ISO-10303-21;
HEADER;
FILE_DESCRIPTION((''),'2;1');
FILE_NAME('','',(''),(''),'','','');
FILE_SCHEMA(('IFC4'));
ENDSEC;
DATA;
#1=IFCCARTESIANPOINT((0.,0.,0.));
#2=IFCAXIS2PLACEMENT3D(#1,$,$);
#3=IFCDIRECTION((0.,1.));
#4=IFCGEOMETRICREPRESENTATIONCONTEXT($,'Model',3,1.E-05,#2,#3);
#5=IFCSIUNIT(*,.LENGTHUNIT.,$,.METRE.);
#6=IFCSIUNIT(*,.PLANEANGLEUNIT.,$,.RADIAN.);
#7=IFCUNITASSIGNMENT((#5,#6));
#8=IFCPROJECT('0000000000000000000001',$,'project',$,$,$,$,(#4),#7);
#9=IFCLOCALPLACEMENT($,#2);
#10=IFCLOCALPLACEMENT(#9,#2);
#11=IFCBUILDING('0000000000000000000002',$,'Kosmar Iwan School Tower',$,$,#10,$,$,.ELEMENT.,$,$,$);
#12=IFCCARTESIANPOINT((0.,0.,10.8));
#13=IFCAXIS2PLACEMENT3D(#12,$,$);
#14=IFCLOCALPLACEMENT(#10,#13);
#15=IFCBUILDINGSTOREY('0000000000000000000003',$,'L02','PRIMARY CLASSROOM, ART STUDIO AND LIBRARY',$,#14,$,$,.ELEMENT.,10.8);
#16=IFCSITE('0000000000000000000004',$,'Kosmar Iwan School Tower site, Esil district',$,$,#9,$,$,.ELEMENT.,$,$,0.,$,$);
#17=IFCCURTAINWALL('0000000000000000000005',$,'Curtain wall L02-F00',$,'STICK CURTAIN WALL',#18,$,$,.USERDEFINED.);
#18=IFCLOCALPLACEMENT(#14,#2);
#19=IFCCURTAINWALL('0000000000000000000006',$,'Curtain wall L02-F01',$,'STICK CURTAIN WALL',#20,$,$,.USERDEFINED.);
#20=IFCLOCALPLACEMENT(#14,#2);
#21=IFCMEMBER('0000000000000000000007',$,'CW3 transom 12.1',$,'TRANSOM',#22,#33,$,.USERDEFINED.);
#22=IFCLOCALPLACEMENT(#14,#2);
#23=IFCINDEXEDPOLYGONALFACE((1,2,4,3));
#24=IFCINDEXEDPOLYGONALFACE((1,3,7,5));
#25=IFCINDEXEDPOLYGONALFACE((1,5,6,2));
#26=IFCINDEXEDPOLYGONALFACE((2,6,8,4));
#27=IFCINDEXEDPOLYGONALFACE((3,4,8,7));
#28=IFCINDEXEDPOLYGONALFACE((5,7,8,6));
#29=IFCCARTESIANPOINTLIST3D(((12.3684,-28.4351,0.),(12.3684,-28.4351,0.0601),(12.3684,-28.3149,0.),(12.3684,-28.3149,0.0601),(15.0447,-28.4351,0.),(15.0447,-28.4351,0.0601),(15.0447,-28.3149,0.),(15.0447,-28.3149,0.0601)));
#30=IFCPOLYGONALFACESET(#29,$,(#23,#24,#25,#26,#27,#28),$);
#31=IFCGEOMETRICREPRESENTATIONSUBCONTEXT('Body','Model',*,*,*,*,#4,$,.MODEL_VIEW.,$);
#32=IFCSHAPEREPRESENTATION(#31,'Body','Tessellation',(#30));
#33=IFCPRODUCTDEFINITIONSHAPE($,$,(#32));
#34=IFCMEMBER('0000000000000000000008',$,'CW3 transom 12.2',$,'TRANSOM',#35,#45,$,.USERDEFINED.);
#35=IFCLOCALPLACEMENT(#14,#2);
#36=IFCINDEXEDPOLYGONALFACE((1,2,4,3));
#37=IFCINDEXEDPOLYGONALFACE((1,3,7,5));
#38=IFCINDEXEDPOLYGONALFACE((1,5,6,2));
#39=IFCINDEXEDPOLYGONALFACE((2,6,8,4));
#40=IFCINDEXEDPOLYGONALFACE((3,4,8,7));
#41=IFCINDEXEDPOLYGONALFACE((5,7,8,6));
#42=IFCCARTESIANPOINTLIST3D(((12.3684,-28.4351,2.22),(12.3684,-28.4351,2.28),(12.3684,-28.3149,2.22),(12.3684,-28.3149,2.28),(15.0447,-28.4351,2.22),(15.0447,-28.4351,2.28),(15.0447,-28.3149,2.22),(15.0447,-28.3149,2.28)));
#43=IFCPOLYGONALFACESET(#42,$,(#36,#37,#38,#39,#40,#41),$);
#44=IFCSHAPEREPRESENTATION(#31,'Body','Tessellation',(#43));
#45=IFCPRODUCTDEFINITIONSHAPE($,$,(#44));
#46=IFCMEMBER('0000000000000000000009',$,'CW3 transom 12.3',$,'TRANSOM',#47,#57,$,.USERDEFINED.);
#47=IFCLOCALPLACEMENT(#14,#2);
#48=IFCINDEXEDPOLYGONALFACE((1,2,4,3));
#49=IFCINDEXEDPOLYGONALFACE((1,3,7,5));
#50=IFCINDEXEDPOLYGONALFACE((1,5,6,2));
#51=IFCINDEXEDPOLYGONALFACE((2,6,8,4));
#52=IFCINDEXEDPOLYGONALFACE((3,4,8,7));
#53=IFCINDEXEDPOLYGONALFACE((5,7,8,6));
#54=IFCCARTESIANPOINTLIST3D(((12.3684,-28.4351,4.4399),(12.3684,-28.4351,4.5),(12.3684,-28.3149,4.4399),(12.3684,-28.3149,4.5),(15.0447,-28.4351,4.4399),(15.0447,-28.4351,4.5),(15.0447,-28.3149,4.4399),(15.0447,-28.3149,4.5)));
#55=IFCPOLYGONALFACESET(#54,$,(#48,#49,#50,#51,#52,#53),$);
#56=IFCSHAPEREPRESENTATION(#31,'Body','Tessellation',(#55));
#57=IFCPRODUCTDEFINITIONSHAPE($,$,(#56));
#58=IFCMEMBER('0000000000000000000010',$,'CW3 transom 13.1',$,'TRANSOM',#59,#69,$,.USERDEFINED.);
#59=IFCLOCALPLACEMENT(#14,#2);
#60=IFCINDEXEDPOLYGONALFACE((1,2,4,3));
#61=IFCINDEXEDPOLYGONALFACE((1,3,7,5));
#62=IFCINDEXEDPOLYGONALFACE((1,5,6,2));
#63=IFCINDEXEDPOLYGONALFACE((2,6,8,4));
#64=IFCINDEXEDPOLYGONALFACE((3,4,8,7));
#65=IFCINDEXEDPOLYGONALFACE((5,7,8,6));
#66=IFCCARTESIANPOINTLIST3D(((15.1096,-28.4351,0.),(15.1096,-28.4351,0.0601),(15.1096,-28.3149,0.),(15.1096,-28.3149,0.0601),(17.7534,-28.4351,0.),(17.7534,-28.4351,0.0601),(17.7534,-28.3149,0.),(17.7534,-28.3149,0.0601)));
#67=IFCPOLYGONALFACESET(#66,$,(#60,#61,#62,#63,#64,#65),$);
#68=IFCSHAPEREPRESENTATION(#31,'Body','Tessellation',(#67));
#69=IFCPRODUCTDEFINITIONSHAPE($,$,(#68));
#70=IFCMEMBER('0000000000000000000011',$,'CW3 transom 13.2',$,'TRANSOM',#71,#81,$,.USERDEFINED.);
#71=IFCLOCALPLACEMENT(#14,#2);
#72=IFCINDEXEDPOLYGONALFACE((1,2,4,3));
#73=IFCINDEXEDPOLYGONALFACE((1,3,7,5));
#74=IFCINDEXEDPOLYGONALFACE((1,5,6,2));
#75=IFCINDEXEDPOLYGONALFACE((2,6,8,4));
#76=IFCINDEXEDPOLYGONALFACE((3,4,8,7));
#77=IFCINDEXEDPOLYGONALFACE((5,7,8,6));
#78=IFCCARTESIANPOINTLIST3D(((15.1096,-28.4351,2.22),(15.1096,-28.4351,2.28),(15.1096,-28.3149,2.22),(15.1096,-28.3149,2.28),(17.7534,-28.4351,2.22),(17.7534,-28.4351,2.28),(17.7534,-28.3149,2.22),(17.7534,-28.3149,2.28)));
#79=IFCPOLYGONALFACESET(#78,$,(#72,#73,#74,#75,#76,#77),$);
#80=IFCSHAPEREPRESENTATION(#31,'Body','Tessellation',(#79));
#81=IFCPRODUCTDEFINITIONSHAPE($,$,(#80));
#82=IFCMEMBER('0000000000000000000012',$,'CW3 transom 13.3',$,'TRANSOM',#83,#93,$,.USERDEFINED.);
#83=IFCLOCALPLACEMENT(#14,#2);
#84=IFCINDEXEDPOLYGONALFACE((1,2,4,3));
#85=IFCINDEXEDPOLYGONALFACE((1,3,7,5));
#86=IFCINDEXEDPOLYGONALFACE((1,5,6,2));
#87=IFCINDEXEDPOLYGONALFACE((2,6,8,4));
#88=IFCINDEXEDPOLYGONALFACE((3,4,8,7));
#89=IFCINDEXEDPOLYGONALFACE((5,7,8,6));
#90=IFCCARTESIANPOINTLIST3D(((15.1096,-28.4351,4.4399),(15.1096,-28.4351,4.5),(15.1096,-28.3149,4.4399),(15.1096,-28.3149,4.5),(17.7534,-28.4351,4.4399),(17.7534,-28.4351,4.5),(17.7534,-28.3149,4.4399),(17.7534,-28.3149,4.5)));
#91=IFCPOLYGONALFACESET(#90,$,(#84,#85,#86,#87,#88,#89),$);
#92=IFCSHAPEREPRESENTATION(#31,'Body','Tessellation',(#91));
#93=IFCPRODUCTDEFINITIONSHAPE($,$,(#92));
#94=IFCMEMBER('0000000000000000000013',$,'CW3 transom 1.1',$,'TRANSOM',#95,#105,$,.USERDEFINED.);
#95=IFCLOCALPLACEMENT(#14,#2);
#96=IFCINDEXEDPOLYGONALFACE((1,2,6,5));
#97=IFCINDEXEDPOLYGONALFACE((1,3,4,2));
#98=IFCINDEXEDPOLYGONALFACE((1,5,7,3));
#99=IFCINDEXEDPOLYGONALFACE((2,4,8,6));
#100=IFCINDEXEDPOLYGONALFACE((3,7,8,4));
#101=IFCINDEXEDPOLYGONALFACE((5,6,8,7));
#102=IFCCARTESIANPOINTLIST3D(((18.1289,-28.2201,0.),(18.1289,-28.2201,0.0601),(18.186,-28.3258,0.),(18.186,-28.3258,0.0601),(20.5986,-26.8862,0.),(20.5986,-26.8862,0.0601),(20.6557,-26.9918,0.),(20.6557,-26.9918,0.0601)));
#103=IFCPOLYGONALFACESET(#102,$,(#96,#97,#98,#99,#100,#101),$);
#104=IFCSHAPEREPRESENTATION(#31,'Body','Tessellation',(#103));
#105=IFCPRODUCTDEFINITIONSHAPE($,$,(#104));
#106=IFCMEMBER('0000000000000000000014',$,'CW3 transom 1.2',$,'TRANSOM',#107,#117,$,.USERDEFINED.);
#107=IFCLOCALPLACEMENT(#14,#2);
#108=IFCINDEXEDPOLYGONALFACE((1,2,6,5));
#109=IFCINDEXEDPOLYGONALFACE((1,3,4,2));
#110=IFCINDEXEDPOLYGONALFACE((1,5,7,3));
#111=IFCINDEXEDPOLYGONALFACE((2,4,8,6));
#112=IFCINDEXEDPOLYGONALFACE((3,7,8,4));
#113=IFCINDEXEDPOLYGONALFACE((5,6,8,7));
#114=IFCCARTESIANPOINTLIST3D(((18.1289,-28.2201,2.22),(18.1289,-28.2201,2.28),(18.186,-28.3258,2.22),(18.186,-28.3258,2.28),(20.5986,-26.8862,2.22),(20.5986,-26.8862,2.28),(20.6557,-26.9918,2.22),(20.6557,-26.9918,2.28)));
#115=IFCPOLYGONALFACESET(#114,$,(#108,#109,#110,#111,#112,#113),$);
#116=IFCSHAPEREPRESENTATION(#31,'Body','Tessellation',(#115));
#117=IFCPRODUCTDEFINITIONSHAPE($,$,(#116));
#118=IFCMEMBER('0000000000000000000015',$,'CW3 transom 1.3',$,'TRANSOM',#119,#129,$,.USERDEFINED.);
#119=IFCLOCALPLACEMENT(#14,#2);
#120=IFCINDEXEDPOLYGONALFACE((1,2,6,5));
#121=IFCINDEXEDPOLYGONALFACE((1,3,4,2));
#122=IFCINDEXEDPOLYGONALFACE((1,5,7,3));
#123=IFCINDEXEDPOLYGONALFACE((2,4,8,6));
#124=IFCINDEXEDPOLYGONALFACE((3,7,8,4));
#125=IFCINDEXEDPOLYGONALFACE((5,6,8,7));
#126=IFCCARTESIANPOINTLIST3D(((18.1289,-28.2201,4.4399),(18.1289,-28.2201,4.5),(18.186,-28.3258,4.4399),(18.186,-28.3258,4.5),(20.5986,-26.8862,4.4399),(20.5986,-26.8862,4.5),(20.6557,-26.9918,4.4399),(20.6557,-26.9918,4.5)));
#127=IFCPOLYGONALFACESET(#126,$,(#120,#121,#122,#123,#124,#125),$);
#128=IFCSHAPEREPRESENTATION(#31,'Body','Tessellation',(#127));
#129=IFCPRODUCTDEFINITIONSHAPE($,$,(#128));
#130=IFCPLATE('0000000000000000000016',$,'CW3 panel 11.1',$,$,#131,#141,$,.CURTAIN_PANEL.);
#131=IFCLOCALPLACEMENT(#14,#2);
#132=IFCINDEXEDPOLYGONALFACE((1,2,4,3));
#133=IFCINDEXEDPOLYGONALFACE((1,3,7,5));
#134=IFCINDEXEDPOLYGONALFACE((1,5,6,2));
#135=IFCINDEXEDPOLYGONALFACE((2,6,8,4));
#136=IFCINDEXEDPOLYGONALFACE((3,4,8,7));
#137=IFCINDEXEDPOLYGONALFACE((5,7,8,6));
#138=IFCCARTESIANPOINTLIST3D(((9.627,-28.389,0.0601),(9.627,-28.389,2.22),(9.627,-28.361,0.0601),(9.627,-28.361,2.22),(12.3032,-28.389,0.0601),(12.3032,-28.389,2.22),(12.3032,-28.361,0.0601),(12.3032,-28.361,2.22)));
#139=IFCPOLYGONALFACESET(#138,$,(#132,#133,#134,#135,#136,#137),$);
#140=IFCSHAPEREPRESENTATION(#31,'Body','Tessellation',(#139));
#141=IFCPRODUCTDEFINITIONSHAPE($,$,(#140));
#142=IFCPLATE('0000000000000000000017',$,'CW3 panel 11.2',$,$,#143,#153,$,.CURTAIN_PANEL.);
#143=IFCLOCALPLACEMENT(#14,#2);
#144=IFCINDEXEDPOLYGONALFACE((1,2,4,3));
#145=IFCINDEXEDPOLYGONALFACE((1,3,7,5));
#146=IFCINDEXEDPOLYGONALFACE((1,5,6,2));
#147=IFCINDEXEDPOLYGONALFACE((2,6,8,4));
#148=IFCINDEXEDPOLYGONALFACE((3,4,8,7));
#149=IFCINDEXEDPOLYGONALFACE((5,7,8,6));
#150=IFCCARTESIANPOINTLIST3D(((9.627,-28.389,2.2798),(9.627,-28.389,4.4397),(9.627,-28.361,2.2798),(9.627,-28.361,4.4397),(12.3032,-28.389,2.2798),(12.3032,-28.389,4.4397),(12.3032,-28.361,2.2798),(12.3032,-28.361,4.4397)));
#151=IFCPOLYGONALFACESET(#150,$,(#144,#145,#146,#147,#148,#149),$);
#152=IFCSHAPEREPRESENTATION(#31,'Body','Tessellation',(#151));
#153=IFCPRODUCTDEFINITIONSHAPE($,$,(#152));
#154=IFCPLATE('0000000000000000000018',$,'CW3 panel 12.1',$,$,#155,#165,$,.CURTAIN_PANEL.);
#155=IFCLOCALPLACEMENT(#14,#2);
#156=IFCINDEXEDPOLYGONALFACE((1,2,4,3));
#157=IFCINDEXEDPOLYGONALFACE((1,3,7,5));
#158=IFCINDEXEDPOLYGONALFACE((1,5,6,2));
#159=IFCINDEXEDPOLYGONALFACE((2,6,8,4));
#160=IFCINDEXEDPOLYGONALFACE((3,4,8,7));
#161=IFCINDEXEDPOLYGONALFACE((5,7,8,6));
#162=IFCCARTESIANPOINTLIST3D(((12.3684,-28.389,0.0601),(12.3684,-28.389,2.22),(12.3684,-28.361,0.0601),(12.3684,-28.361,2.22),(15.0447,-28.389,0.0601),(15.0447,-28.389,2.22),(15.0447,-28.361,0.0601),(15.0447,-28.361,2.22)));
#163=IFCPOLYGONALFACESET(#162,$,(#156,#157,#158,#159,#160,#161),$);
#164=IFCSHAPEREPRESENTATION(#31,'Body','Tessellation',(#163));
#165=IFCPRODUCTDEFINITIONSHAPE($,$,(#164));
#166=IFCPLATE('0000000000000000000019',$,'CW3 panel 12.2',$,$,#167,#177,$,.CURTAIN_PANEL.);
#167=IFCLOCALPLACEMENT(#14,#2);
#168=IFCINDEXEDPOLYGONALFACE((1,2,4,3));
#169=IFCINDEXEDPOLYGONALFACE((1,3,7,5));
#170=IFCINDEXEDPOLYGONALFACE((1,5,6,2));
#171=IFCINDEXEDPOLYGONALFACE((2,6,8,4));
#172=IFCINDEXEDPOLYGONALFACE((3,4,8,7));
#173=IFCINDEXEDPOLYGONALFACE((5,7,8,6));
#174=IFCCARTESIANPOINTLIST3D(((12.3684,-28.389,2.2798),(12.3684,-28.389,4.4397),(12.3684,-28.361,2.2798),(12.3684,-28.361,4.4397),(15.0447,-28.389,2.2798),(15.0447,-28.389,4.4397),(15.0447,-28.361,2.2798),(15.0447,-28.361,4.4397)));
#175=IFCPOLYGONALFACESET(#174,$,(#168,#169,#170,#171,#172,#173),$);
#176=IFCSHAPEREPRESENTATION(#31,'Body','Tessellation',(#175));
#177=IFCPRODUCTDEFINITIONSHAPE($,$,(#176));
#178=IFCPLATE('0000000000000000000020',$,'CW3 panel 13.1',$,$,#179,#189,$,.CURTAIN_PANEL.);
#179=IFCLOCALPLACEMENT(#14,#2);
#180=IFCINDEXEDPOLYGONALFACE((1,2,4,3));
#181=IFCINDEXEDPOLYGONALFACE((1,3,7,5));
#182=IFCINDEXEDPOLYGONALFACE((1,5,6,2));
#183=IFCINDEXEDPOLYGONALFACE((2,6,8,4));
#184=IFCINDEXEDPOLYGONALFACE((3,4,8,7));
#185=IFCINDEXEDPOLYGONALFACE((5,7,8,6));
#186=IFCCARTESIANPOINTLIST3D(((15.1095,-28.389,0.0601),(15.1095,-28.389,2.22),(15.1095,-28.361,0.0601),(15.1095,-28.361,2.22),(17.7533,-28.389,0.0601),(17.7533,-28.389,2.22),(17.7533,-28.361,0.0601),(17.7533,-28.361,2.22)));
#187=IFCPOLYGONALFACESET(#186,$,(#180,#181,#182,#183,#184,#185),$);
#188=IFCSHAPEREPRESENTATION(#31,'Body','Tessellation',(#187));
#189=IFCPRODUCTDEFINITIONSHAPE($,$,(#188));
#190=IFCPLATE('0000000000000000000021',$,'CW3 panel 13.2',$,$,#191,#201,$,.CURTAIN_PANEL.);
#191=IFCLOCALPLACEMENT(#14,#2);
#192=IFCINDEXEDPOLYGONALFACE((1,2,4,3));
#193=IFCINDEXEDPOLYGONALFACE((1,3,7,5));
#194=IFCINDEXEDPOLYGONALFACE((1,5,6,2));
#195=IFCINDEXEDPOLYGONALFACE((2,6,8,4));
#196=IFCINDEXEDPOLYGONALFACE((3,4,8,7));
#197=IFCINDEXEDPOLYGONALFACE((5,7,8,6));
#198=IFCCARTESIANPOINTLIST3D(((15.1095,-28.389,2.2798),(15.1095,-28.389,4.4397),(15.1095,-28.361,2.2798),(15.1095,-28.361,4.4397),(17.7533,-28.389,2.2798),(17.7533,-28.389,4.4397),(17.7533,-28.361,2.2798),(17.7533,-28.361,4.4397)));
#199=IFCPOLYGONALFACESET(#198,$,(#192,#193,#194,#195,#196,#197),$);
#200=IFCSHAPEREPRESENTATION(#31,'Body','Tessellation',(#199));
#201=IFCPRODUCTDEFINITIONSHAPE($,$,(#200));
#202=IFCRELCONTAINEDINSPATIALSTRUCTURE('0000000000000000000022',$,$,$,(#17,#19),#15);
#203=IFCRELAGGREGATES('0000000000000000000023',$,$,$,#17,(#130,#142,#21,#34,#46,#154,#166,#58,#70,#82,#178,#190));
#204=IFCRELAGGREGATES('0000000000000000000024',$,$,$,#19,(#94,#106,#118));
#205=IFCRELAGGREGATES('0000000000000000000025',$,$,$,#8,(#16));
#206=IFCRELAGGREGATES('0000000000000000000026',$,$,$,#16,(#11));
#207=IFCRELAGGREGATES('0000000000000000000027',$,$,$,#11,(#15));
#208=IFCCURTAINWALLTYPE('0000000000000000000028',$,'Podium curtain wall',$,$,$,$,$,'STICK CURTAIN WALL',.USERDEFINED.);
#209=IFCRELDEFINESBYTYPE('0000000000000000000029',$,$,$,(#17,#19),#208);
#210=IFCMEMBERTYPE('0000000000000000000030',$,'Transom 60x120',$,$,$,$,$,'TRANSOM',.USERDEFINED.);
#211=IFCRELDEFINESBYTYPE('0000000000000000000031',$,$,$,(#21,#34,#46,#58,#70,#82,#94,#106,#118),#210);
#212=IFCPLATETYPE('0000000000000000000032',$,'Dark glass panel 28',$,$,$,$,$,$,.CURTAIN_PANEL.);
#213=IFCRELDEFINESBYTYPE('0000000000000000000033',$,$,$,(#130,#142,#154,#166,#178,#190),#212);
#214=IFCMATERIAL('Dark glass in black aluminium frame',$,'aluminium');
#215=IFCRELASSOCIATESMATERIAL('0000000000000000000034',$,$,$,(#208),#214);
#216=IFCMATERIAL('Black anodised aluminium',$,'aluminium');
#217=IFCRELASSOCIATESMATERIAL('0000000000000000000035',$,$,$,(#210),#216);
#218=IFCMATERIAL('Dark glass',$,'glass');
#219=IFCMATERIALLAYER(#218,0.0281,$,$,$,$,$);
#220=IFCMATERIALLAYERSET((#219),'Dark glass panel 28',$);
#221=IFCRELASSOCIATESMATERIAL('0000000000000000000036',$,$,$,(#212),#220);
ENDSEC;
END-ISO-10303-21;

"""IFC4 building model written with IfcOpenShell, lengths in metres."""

from ifc_helpers import new_model, si_unit, direction, frame, origin, origin_2d, place, context, subcontext, project, spatial, rectangle, extrude, material, layer, layer_set, material_profile, profile_set, type_object, element, aggregate, save


model = new_model("IFC4")

# Units and contexts
model_context = context("Model", 3, precision=1e-05, world=origin(), true_north=direction((0.0, 1.0)))
body_context = subcontext(model_context, "Body", "Model", "MODEL_VIEW")
ifc_project = project(units=[si_unit("LENGTHUNIT", "METRE"), si_unit("PLANEANGLEUNIT", "RADIAN")], contexts=[model_context])

# Site, building, storey
site_placement = place(None, origin())
site = spatial("IfcSite", under=ifc_project, at=site_placement, Name="Kosmar Iwan School Tower site, Esil district", CompositionType="ELEMENT", RefElevation=0.0)
building_placement = place(site_placement, origin())
building = spatial("IfcBuilding", under=site, at=building_placement, Name="Kosmar Iwan School Tower", CompositionType="ELEMENT")
storey_placement = place(building_placement, frame((0.0, 0.0, 10.8)))
storey = spatial("IfcBuildingStorey", under=building, at=storey_placement, Name="L02", Description="PRIMARY CLASSROOM, ART STUDIO AND LIBRARY", CompositionType="ELEMENT", Elevation=10.8)

# Curtain wall
ifc_material_1 = material(Name="Dark glass in black aluminium frame", Category="aluminium")
curtain_wall_type = type_object("IfcCurtainWallType", Name="Podium curtain wall", ElementType="STICK CURTAIN WALL", PredefinedType="USERDEFINED", material=ifc_material_1)
curtain_wall_1_placement = place(storey_placement, origin())
curtain_wall_1 = element("IfcCurtainWall", 1, at=curtain_wall_1_placement, inside=storey, type_object=curtain_wall_type, Name="Curtain wall L02-F00", ObjectType="STICK CURTAIN WALL", PredefinedType="USERDEFINED")

# Curtain wall
curtain_wall_2_placement = place(storey_placement, origin())
curtain_wall_2 = element("IfcCurtainWall", 2, at=curtain_wall_2_placement, inside=storey, type_object=curtain_wall_type, Name="Curtain wall L02-F01", ObjectType="STICK CURTAIN WALL", PredefinedType="USERDEFINED")

# Members
ifc_material_2 = material(Name="Black anodised aluminium", Category="aluminium")
ifc_material_profile_1 = material_profile(ifc_material_2, rectangle(XDim=0.1201, YDim=0.0601, at=origin_2d()), Name="TRANSOM 60x120")
ifc_profile_set_1 = profile_set([ifc_material_profile_1], Name="Black anodised aluminium")
member_type_1 = type_object("IfcMemberType", Name="Transom 60x120", ElementType="TRANSOM", PredefinedType="USERDEFINED", material=ifc_profile_set_1)
member_1_placement = place(storey_placement, frame((12.3684, -28.375, 0.03), z_axis=(1.0, 0.0, 0.0), x_axis=(0.0, 1.0, 0.0)))
member_1 = element("IfcMember", 3, at=member_1_placement, type_object=member_type_1, Name="CW3 transom 12.1", ObjectType="TRANSOM", PredefinedType="USERDEFINED", context=body_context, shape_type="SweptSolid", body=[
    extrude(rectangle(XDim=0.1201, YDim=0.0601, at=origin_2d()), origin(), (0.0, 0.0, 1.0), 2.6763),
])
member_2_placement = place(storey_placement, frame((12.3684, -28.375, 2.25), z_axis=(1.0, 0.0, 0.0), x_axis=(0.0, 1.0, 0.0)))
member_2 = element("IfcMember", 4, at=member_2_placement, type_object=member_type_1, Name="CW3 transom 12.2", ObjectType="TRANSOM", PredefinedType="USERDEFINED", context=body_context, shape_type="SweptSolid", body=[
    extrude(rectangle(XDim=0.1201, YDim=0.0601, at=origin_2d()), origin(), (0.0, 0.0, 1.0), 2.6763),
])
member_3_placement = place(storey_placement, frame((12.3684, -28.375, 4.47), z_axis=(1.0, 0.0, 0.0), x_axis=(0.0, 1.0, 0.0)))
member_3 = element("IfcMember", 5, at=member_3_placement, type_object=member_type_1, Name="CW3 transom 12.3", ObjectType="TRANSOM", PredefinedType="USERDEFINED", context=body_context, shape_type="SweptSolid", body=[
    extrude(rectangle(XDim=0.1201, YDim=0.0601, at=origin_2d()), origin(), (0.0, 0.0, 1.0), 2.6763),
])
member_4_placement = place(storey_placement, frame((15.1096, -28.375, 0.03), z_axis=(1.0, 0.0, 0.0), x_axis=(0.0, 1.0, 0.0)))
member_4 = element("IfcMember", 6, at=member_4_placement, type_object=member_type_1, Name="CW3 transom 13.1", ObjectType="TRANSOM", PredefinedType="USERDEFINED", context=body_context, shape_type="SweptSolid", body=[
    extrude(rectangle(XDim=0.1201, YDim=0.0601, at=origin_2d()), origin(), (0.0, 0.0, 1.0), 2.6438),
])
member_5_placement = place(storey_placement, frame((15.1096, -28.375, 2.25), z_axis=(1.0, 0.0, 0.0), x_axis=(0.0, 1.0, 0.0)))
member_5 = element("IfcMember", 7, at=member_5_placement, type_object=member_type_1, Name="CW3 transom 13.2", ObjectType="TRANSOM", PredefinedType="USERDEFINED", context=body_context, shape_type="SweptSolid", body=[
    extrude(rectangle(XDim=0.1201, YDim=0.0601, at=origin_2d()), origin(), (0.0, 0.0, 1.0), 2.6438),
])
member_6_placement = place(storey_placement, frame((15.1096, -28.375, 4.47), z_axis=(1.0, 0.0, 0.0), x_axis=(0.0, 1.0, 0.0)))
member_6 = element("IfcMember", 8, at=member_6_placement, type_object=member_type_1, Name="CW3 transom 13.3", ObjectType="TRANSOM", PredefinedType="USERDEFINED", context=body_context, shape_type="SweptSolid", body=[
    extrude(rectangle(XDim=0.1201, YDim=0.0601, at=origin_2d()), origin(), (0.0, 0.0, 1.0), 2.6438),
])
member_7_placement = place(storey_placement, frame((18.1575, -28.2729, 0.03), z_axis=(0.879856, 0.47524, 0.0), x_axis=(-0.47524, 0.879856, 0.0)))
member_7 = element("IfcMember", 9, at=member_7_placement, type_object=member_type_1, Name="CW3 transom 1.1", ObjectType="TRANSOM", PredefinedType="USERDEFINED", context=body_context, shape_type="SweptSolid", body=[
    extrude(rectangle(XDim=0.1201, YDim=0.0601, at=origin_2d()), origin(), (0.0, 0.0, 1.0), 2.8069),
])
member_8_placement = place(storey_placement, frame((18.1575, -28.2729, 2.25), z_axis=(0.879856, 0.47524, 0.0), x_axis=(-0.47524, 0.879856, 0.0)))
member_8 = element("IfcMember", 10, at=member_8_placement, type_object=member_type_1, Name="CW3 transom 1.2", ObjectType="TRANSOM", PredefinedType="USERDEFINED", context=body_context, shape_type="SweptSolid", body=[
    extrude(rectangle(XDim=0.1201, YDim=0.0601, at=origin_2d()), origin(), (0.0, 0.0, 1.0), 2.8069),
])
member_9_placement = place(storey_placement, frame((18.1575, -28.2729, 4.47), z_axis=(0.879856, 0.47524, 0.0), x_axis=(-0.47524, 0.879856, 0.0)))
member_9 = element("IfcMember", 11, at=member_9_placement, type_object=member_type_1, Name="CW3 transom 1.3", ObjectType="TRANSOM", PredefinedType="USERDEFINED", context=body_context, shape_type="SweptSolid", body=[
    extrude(rectangle(XDim=0.1201, YDim=0.0601, at=origin_2d()), origin(), (0.0, 0.0, 1.0), 2.8069),
])

# Plates
ifc_material_3 = material(Name="Dark glass", Category="glass")
ifc_layer = layer(ifc_material_3, 0.0281)
ifc_layer_set = layer_set([ifc_layer], Name="Dark glass panel 28")
plate_type = type_object("IfcPlateType", Name="Dark glass panel 28", PredefinedType="CURTAIN_PANEL", material=ifc_layer_set)
plate_1_placement = place(storey_placement, frame((10.9651, -28.375, 0.0601), z_axis=(0.0, 0.0, 1.0), x_axis=(1.0, 0.0, 0.0)))
plate_1 = element("IfcPlate", 12, at=plate_1_placement, type_object=plate_type, Name="CW3 panel 11.1", PredefinedType="CURTAIN_PANEL", context=body_context, shape_type="SweptSolid", body=[
    extrude(rectangle(XDim=2.6763, YDim=0.0281, at=origin_2d()), origin(), (0.0, 0.0, 1.0), 2.1599),
])
plate_2_placement = place(storey_placement, frame((10.9651, -28.375, 2.2798), z_axis=(0.0, 0.0, 1.0), x_axis=(1.0, 0.0, 0.0)))
plate_2 = element("IfcPlate", 13, at=plate_2_placement, type_object=plate_type, Name="CW3 panel 11.2", PredefinedType="CURTAIN_PANEL", context=body_context, shape_type="SweptSolid", body=[
    extrude(rectangle(XDim=2.6763, YDim=0.0281, at=origin_2d()), origin(), (0.0, 0.0, 1.0), 2.1599),
])
plate_3_placement = place(storey_placement, frame((13.7065, -28.375, 0.0601), z_axis=(0.0, 0.0, 1.0), x_axis=(1.0, 0.0, 0.0)))
plate_3 = element("IfcPlate", 14, at=plate_3_placement, type_object=plate_type, Name="CW3 panel 12.1", PredefinedType="CURTAIN_PANEL", context=body_context, shape_type="SweptSolid", body=[
    extrude(rectangle(XDim=2.6763, YDim=0.0281, at=origin_2d()), origin(), (0.0, 0.0, 1.0), 2.1599),
])
plate_4_placement = place(storey_placement, frame((13.7065, -28.375, 2.2798), z_axis=(0.0, 0.0, 1.0), x_axis=(1.0, 0.0, 0.0)))
plate_4 = element("IfcPlate", 15, at=plate_4_placement, type_object=plate_type, Name="CW3 panel 12.2", PredefinedType="CURTAIN_PANEL", context=body_context, shape_type="SweptSolid", body=[
    extrude(rectangle(XDim=2.6763, YDim=0.0281, at=origin_2d()), origin(), (0.0, 0.0, 1.0), 2.1599),
])
plate_5_placement = place(storey_placement, frame((16.4314, -28.375, 0.0601), z_axis=(0.0, 0.0, 1.0), x_axis=(1.0, 0.0, 0.0)))
plate_5 = element("IfcPlate", 16, at=plate_5_placement, type_object=plate_type, Name="CW3 panel 13.1", PredefinedType="CURTAIN_PANEL", context=body_context, shape_type="SweptSolid", body=[
    extrude(rectangle(XDim=2.6438, YDim=0.0281, at=origin_2d()), origin(), (0.0, 0.0, 1.0), 2.1599),
])
plate_6_placement = place(storey_placement, frame((16.4314, -28.375, 2.2798), z_axis=(0.0, 0.0, 1.0), x_axis=(1.0, 0.0, 0.0)))
plate_6 = element("IfcPlate", 17, at=plate_6_placement, type_object=plate_type, Name="CW3 panel 13.2", PredefinedType="CURTAIN_PANEL", context=body_context, shape_type="SweptSolid", body=[
    extrude(rectangle(XDim=2.6438, YDim=0.0281, at=origin_2d()), origin(), (0.0, 0.0, 1.0), 2.1599),
])
aggregate(curtain_wall_1, [plate_1, plate_2, member_1, member_2, member_3, plate_3, plate_4, member_4, member_5, member_6, plate_5, plate_6])
aggregate(curtain_wall_2, [member_7, member_8, member_9])

save(model, "model.ifc")
